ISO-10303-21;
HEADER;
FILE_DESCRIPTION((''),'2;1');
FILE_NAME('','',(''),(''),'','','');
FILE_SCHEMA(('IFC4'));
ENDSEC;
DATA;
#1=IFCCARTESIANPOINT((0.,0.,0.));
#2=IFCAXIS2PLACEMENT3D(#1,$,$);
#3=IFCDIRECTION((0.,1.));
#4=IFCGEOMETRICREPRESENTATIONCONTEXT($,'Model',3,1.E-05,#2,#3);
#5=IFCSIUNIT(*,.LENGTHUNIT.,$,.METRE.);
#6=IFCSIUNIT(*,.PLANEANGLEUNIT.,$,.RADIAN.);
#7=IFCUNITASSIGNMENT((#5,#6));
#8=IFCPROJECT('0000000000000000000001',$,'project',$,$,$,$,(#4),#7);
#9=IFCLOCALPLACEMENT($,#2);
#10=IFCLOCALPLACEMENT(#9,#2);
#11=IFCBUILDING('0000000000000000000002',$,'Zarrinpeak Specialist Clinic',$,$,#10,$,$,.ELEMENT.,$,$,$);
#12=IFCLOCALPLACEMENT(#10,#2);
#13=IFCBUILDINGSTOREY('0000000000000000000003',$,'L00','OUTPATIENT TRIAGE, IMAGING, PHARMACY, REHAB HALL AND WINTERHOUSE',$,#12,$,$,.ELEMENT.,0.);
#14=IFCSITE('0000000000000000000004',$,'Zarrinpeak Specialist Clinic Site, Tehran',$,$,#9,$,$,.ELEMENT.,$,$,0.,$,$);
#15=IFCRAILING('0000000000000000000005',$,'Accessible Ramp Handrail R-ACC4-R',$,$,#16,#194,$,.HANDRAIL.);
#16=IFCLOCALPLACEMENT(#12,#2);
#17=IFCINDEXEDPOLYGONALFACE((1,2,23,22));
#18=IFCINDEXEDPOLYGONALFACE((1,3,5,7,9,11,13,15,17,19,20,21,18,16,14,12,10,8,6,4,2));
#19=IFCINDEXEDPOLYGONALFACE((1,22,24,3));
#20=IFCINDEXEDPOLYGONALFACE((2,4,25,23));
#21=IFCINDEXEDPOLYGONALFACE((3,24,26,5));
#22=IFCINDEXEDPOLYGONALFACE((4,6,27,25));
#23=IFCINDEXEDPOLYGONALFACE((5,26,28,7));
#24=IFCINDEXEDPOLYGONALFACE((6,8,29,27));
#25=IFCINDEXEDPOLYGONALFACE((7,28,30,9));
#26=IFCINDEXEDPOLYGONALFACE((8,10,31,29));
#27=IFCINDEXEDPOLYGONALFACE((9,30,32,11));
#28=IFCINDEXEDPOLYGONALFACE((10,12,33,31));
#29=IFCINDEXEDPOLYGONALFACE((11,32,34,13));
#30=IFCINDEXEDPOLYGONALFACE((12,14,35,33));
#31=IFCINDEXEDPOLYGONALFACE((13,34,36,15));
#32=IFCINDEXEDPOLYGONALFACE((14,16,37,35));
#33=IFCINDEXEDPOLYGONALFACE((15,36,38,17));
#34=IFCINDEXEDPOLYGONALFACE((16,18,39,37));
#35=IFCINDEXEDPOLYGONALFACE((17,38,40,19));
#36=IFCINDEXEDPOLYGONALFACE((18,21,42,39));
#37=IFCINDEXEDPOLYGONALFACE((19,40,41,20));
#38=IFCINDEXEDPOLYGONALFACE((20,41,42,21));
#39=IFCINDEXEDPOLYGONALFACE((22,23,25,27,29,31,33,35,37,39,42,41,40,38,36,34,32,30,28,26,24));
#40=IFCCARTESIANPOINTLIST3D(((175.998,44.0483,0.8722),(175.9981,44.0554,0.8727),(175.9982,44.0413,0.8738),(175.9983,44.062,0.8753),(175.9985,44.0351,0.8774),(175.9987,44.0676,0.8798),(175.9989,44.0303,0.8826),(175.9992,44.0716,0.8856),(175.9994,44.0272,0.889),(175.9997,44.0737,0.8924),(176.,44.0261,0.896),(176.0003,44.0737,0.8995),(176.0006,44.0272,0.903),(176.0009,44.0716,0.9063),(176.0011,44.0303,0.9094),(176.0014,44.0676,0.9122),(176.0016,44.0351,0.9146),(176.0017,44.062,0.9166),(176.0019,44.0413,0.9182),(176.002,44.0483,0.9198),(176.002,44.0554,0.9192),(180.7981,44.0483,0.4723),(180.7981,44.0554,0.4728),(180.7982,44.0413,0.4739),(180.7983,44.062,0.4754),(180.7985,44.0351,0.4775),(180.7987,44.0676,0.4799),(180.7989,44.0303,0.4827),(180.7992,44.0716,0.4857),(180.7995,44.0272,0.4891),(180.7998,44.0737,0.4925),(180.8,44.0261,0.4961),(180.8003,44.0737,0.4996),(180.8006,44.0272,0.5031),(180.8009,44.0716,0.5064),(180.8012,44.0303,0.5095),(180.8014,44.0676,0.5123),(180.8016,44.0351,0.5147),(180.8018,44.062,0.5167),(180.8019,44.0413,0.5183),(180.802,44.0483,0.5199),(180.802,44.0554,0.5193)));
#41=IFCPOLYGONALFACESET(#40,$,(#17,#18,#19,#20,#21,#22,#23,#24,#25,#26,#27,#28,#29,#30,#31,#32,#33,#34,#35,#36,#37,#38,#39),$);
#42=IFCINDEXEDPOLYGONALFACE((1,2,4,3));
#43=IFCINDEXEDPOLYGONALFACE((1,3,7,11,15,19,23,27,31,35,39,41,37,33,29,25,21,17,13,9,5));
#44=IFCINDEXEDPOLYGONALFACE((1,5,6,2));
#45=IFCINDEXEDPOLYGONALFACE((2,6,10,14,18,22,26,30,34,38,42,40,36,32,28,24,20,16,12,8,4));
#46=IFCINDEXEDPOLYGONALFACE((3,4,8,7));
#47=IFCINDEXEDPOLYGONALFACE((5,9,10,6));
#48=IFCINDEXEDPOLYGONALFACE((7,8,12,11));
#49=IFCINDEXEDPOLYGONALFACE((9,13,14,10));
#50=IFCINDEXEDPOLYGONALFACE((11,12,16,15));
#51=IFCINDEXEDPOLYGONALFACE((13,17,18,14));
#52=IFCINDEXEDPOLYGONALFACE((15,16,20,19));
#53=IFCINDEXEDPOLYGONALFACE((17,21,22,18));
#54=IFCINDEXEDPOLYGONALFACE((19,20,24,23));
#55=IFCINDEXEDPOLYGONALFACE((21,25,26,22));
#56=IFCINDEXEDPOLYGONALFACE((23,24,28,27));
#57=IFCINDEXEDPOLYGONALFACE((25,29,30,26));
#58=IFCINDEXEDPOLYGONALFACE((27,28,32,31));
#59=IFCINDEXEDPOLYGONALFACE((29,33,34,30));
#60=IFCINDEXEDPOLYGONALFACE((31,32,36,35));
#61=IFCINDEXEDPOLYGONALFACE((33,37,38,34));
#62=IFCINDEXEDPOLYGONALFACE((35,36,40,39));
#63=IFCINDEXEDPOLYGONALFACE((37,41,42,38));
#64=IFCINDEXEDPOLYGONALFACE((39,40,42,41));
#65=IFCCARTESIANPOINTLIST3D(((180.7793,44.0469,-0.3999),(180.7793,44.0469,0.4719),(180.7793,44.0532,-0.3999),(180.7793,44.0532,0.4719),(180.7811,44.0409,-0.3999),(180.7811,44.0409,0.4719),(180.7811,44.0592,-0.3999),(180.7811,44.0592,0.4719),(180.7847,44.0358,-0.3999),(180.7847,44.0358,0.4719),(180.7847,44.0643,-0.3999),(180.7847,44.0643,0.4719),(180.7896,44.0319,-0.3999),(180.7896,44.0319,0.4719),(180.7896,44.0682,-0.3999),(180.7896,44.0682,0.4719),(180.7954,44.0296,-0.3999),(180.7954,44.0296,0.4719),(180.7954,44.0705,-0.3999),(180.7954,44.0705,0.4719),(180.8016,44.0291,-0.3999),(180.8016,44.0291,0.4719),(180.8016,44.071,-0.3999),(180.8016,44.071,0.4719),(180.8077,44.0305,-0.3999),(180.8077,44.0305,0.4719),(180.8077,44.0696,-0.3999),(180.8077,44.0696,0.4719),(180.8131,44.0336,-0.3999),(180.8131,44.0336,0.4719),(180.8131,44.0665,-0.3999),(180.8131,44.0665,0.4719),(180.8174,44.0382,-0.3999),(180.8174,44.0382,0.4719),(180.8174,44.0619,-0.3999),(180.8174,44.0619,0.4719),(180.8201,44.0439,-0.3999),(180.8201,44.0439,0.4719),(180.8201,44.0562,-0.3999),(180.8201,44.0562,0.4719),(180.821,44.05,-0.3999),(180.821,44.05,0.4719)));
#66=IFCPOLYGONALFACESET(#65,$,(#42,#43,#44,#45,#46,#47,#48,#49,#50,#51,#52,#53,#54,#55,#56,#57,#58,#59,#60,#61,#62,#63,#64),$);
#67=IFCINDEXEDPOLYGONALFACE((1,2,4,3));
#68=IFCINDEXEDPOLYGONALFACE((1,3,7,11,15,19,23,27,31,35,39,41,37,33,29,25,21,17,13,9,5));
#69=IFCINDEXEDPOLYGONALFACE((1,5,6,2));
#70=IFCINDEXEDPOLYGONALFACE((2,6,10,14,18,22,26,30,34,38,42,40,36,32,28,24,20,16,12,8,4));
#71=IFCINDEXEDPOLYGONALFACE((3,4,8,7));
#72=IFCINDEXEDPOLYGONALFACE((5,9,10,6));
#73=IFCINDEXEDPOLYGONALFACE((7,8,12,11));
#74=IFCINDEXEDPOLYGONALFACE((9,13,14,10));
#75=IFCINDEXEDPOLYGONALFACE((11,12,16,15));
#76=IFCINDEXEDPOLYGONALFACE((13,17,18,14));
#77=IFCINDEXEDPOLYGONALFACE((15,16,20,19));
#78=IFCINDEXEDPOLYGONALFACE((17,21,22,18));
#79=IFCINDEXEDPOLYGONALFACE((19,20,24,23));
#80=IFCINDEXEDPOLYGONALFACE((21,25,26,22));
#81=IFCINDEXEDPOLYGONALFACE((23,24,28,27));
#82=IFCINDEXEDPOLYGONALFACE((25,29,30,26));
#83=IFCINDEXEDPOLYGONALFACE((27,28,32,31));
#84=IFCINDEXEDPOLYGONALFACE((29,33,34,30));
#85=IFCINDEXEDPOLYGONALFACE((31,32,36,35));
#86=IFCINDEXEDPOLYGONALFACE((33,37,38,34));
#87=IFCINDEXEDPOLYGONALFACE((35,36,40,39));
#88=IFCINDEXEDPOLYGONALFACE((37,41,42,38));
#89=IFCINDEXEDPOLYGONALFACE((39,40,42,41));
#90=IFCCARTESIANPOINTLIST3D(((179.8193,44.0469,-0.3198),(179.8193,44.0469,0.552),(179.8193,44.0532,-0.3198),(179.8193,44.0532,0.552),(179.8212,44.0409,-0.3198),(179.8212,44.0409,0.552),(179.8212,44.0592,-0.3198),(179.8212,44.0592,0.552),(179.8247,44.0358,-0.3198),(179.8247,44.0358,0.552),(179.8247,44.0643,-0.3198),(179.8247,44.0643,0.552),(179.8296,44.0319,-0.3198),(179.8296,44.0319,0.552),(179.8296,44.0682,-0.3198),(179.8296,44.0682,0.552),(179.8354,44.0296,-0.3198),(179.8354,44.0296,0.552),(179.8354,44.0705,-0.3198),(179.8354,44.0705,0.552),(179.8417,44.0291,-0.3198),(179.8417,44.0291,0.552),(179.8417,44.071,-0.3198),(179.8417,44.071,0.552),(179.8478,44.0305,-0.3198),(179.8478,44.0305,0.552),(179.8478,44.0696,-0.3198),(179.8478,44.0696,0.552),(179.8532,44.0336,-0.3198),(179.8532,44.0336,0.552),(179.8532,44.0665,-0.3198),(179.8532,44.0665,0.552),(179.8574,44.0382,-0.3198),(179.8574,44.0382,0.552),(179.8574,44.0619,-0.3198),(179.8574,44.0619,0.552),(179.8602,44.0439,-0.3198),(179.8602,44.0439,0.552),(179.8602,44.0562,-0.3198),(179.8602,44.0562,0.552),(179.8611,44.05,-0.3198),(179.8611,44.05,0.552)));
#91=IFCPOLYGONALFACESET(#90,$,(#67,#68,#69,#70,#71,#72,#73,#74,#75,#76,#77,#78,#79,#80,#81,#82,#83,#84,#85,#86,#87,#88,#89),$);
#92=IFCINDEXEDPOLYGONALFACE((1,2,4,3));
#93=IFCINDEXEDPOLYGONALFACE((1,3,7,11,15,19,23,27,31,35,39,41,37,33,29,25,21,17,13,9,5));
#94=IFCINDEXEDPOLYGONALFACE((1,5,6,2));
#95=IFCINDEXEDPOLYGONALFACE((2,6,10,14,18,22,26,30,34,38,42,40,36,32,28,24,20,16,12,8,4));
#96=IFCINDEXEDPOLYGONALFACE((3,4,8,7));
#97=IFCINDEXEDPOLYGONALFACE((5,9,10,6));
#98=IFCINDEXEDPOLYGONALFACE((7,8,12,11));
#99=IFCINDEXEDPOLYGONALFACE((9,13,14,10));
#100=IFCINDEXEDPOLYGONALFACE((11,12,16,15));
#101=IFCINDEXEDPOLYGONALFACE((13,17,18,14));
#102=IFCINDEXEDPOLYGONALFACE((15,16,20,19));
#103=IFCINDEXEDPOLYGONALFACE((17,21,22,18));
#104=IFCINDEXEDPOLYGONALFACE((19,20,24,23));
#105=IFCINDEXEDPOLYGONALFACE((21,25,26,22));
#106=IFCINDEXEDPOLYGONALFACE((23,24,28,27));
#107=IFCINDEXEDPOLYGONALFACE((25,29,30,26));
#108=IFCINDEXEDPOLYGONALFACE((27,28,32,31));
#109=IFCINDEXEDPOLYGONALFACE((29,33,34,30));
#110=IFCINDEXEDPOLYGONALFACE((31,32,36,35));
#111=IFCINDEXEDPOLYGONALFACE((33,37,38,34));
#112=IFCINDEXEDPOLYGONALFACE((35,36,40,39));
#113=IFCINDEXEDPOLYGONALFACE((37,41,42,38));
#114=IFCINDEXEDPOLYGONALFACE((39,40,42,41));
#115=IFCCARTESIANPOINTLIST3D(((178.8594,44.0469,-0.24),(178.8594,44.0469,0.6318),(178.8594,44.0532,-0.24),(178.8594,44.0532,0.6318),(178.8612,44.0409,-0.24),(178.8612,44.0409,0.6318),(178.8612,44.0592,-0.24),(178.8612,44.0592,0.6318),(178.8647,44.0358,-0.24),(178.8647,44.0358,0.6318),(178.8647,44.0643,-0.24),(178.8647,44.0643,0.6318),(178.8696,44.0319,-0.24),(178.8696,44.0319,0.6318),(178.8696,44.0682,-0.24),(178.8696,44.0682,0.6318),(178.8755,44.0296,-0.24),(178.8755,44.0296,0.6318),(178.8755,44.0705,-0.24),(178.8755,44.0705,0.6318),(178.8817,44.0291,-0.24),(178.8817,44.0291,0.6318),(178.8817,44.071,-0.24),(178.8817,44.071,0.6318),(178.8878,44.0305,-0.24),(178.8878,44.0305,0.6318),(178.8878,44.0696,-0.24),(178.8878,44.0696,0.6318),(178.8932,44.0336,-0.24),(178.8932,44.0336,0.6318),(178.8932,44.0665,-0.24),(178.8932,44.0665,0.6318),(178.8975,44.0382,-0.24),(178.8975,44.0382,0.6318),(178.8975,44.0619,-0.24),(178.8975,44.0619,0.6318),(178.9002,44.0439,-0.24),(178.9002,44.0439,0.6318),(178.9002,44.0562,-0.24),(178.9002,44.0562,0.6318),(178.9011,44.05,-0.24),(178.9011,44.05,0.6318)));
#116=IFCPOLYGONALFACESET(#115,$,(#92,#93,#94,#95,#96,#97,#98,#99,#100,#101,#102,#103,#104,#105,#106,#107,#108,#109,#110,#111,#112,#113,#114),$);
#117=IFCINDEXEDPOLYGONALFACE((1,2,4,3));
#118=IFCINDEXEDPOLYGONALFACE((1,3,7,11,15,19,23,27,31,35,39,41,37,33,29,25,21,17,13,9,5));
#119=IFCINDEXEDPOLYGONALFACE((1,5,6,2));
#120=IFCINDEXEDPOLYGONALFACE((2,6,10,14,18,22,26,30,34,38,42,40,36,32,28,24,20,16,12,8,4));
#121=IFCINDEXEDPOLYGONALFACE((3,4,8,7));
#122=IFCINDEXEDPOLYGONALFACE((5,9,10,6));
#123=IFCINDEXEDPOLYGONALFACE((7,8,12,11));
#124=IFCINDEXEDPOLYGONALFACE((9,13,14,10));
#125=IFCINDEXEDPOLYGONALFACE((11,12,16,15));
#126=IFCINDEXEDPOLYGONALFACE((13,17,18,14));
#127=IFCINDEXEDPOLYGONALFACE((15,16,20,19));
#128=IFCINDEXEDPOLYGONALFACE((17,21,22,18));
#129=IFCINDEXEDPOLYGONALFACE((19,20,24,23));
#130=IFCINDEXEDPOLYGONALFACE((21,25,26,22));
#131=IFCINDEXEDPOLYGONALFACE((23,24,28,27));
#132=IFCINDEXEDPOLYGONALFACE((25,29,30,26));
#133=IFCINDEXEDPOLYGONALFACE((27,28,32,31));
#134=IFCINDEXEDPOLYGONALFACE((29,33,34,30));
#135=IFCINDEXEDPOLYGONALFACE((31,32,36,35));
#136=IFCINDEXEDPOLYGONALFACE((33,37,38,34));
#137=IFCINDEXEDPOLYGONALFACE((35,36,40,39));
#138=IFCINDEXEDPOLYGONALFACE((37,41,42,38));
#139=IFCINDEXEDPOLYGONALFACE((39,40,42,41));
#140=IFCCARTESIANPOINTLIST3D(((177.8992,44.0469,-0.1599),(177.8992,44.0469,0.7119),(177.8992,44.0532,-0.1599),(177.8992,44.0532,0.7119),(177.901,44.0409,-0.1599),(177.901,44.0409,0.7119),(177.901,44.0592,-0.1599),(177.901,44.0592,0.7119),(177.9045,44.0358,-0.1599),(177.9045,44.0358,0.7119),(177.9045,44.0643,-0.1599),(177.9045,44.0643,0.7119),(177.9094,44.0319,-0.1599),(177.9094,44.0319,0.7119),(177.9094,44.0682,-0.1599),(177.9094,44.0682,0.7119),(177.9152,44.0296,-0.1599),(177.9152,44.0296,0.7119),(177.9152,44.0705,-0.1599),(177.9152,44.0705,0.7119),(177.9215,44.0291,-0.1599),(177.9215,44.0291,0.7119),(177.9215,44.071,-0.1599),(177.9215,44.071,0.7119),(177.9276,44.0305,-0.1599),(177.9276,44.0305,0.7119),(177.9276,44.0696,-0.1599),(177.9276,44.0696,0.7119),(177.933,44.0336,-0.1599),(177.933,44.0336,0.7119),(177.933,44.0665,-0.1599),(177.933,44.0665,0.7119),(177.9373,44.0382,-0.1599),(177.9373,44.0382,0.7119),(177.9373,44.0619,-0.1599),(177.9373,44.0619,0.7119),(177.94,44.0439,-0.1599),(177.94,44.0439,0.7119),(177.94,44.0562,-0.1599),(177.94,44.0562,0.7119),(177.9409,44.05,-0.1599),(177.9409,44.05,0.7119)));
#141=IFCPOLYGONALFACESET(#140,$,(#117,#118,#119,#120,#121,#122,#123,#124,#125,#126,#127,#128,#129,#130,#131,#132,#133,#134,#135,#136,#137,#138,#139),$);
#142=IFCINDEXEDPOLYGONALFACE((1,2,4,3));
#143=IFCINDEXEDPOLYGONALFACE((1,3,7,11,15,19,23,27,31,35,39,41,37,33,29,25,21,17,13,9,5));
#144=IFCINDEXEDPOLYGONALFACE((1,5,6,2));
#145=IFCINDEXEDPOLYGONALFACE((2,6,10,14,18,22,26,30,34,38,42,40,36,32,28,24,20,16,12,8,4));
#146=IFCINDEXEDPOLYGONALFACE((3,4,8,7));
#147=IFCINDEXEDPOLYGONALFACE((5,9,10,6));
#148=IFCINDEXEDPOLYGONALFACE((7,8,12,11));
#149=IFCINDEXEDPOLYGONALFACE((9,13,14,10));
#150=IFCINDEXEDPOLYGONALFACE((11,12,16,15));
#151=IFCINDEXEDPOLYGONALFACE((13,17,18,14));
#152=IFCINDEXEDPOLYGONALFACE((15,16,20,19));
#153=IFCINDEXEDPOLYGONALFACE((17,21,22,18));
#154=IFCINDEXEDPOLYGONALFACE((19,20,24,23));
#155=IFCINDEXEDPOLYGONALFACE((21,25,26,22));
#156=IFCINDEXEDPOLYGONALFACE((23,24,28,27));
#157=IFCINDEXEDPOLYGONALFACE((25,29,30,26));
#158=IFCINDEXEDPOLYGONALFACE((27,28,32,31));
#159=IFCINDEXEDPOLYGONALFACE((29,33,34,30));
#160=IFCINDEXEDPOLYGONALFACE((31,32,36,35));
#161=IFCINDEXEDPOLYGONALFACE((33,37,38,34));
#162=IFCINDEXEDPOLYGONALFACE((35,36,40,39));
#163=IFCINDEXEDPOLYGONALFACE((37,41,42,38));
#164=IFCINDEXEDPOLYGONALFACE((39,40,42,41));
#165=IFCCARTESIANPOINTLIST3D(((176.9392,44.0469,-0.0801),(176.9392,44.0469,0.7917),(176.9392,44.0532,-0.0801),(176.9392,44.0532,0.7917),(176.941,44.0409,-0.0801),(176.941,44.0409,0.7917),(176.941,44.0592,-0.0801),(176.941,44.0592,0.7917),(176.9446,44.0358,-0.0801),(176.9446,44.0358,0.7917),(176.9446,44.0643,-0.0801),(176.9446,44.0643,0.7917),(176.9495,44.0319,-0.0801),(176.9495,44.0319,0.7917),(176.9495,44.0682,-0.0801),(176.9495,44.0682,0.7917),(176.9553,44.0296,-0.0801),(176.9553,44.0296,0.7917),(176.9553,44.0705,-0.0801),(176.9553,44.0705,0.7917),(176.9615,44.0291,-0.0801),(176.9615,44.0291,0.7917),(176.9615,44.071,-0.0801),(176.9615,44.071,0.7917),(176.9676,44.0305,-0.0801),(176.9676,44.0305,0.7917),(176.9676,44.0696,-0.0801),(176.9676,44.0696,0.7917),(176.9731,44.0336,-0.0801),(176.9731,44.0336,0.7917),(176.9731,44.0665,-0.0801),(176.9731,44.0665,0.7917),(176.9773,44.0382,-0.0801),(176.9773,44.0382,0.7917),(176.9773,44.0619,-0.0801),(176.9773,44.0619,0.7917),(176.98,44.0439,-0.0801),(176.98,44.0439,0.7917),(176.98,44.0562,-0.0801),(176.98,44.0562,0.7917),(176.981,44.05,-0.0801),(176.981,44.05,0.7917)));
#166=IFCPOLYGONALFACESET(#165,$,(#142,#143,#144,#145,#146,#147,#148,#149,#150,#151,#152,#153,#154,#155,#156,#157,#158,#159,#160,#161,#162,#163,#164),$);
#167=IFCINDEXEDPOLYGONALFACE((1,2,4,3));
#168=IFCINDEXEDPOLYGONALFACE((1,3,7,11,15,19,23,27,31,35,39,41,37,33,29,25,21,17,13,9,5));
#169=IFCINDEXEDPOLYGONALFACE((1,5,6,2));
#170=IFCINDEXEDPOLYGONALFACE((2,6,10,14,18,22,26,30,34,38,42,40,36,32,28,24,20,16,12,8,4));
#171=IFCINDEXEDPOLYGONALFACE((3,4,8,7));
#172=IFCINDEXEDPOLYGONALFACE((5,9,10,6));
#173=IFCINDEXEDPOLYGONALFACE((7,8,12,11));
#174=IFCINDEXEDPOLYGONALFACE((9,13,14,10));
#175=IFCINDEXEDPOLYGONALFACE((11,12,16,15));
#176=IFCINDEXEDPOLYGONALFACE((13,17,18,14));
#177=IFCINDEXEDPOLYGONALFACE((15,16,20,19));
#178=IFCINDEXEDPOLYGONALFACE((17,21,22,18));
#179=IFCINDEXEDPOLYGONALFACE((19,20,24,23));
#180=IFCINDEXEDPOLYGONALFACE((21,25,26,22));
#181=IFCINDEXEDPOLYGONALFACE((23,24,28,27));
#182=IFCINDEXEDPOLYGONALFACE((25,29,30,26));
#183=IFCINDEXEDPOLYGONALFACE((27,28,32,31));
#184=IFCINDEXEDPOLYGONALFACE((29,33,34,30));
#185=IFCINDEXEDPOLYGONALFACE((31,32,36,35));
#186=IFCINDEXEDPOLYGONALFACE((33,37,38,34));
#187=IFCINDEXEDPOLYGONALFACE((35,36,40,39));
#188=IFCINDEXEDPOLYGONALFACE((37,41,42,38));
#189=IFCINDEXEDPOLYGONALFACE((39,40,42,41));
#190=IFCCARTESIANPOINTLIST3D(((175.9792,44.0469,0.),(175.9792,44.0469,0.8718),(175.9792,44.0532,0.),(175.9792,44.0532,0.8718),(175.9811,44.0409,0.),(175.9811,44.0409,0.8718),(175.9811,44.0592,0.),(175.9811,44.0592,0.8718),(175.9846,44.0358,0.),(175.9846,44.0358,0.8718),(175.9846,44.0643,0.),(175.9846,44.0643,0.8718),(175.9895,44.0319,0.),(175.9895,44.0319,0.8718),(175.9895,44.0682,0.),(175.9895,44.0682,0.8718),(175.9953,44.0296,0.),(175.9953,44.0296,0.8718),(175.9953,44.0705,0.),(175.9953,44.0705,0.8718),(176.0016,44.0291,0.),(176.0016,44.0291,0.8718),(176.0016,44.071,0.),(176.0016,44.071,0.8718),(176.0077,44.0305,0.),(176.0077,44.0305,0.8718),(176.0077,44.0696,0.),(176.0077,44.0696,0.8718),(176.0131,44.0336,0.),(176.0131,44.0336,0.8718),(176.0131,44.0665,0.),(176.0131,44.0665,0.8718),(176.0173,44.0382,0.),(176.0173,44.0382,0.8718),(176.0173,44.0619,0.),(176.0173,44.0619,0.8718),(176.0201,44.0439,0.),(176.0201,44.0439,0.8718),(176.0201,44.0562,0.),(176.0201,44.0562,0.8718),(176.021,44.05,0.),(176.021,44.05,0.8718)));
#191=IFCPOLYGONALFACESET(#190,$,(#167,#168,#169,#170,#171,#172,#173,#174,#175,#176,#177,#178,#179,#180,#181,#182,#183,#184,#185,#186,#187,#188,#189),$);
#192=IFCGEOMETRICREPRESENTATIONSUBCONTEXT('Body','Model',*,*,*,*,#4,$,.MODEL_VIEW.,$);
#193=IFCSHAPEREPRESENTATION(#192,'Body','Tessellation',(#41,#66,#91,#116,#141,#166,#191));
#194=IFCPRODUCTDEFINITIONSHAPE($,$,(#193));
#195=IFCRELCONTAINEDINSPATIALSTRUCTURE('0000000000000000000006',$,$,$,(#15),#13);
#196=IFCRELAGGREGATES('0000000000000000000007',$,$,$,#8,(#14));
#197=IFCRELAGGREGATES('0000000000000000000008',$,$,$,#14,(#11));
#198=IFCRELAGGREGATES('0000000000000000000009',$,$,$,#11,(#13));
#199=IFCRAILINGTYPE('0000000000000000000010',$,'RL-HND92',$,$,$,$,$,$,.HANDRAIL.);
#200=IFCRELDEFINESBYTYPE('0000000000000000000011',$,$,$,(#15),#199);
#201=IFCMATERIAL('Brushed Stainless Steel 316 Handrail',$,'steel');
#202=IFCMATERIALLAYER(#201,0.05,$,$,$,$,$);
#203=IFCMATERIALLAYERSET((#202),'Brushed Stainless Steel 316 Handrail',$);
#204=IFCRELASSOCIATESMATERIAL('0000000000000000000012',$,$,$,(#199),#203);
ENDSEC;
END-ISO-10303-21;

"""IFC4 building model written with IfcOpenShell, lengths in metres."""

from ifc_helpers import new_model, si_unit, direction, frame, origin, origin_2d, place, context, subcontext, project, spatial, circle, extrude, material, layer, layer_set, type_object, element, save


model = new_model("IFC4")

# Units and contexts
model_context = context("Model", 3, precision=1e-05, world=origin(), true_north=direction((0.0, 1.0)))
body_context = subcontext(model_context, "Body", "Model", "MODEL_VIEW")
ifc_project = project(units=[si_unit("LENGTHUNIT", "METRE"), si_unit("PLANEANGLEUNIT", "RADIAN")], contexts=[model_context])

# Site, building, storey
site_placement = place(None, origin())
site = spatial("IfcSite", under=ifc_project, at=site_placement, Name="Zarrinpeak Specialist Clinic Site, Tehran", CompositionType="ELEMENT", RefElevation=0.0)
building_placement = place(site_placement, origin())
building = spatial("IfcBuilding", under=site, at=building_placement, Name="Zarrinpeak Specialist Clinic", CompositionType="ELEMENT")
storey_placement = place(building_placement, origin())
storey = spatial("IfcBuildingStorey", under=building, at=storey_placement, Name="L00", Description="OUTPATIENT TRIAGE, IMAGING, PHARMACY, REHAB HALL AND WINTERHOUSE", CompositionType="ELEMENT", Elevation=0.0)

# Railing
ifc_material_1 = material(Name="Brushed Stainless Steel 316 Handrail", Category="steel")
ifc_layer_1 = layer(ifc_material_1, 0.05)
ifc_layer_set_1 = layer_set([ifc_layer_1], Name="Brushed Stainless Steel 316 Handrail")
railing_type_1 = type_object("IfcRailingType", Name="RL-HND92", PredefinedType="HANDRAIL", material=ifc_layer_set_1)
for number, where, name in (
    (1, (180.8, 44.05, -0.3999), "Accessible Ramp Handrail R-ACC4-R"),
):
    element("IfcRailing", number, at=place(storey_placement, frame(where)), inside=storey, type_object=railing_type_1, Name=name, PredefinedType="HANDRAIL", context=body_context, shape_type="SweptSolid", body=[
        extrude(circle(Radius=0.0239, at=origin_2d()), frame((0.0, 0.0, 0.896), z_axis=(-0.996548, 0.0, 0.083025), x_axis=(0.0, -1.0, 0.0)), (0.0, 0.0, 1.0), 4.8167),
        extrude(circle(Radius=0.021, at=origin_2d()), origin(), (0.0, 0.0, 1.0), 0.8718),
        extrude(circle(Radius=0.021, at=origin_2d()), frame((-0.96, 0.0, 0.0801)), (0.0, 0.0, 1.0), 0.8718),
        extrude(circle(Radius=0.021, at=origin_2d()), frame((-1.9199, 0.0, 0.1599)), (0.0, 0.0, 1.0), 0.8718),
        extrude(circle(Radius=0.021, at=origin_2d()), frame((-2.8801, 0.0, 0.24)), (0.0, 0.0, 1.0), 0.8718),
        extrude(circle(Radius=0.021, at=origin_2d()), frame((-3.8401, 0.0, 0.3198)), (0.0, 0.0, 1.0), 0.8718),
        extrude(circle(Radius=0.021, at=origin_2d()), frame((-4.8, 0.0, 0.3999)), (0.0, 0.0, 1.0), 0.8718),
    ])

save(model, "model.ifc")
